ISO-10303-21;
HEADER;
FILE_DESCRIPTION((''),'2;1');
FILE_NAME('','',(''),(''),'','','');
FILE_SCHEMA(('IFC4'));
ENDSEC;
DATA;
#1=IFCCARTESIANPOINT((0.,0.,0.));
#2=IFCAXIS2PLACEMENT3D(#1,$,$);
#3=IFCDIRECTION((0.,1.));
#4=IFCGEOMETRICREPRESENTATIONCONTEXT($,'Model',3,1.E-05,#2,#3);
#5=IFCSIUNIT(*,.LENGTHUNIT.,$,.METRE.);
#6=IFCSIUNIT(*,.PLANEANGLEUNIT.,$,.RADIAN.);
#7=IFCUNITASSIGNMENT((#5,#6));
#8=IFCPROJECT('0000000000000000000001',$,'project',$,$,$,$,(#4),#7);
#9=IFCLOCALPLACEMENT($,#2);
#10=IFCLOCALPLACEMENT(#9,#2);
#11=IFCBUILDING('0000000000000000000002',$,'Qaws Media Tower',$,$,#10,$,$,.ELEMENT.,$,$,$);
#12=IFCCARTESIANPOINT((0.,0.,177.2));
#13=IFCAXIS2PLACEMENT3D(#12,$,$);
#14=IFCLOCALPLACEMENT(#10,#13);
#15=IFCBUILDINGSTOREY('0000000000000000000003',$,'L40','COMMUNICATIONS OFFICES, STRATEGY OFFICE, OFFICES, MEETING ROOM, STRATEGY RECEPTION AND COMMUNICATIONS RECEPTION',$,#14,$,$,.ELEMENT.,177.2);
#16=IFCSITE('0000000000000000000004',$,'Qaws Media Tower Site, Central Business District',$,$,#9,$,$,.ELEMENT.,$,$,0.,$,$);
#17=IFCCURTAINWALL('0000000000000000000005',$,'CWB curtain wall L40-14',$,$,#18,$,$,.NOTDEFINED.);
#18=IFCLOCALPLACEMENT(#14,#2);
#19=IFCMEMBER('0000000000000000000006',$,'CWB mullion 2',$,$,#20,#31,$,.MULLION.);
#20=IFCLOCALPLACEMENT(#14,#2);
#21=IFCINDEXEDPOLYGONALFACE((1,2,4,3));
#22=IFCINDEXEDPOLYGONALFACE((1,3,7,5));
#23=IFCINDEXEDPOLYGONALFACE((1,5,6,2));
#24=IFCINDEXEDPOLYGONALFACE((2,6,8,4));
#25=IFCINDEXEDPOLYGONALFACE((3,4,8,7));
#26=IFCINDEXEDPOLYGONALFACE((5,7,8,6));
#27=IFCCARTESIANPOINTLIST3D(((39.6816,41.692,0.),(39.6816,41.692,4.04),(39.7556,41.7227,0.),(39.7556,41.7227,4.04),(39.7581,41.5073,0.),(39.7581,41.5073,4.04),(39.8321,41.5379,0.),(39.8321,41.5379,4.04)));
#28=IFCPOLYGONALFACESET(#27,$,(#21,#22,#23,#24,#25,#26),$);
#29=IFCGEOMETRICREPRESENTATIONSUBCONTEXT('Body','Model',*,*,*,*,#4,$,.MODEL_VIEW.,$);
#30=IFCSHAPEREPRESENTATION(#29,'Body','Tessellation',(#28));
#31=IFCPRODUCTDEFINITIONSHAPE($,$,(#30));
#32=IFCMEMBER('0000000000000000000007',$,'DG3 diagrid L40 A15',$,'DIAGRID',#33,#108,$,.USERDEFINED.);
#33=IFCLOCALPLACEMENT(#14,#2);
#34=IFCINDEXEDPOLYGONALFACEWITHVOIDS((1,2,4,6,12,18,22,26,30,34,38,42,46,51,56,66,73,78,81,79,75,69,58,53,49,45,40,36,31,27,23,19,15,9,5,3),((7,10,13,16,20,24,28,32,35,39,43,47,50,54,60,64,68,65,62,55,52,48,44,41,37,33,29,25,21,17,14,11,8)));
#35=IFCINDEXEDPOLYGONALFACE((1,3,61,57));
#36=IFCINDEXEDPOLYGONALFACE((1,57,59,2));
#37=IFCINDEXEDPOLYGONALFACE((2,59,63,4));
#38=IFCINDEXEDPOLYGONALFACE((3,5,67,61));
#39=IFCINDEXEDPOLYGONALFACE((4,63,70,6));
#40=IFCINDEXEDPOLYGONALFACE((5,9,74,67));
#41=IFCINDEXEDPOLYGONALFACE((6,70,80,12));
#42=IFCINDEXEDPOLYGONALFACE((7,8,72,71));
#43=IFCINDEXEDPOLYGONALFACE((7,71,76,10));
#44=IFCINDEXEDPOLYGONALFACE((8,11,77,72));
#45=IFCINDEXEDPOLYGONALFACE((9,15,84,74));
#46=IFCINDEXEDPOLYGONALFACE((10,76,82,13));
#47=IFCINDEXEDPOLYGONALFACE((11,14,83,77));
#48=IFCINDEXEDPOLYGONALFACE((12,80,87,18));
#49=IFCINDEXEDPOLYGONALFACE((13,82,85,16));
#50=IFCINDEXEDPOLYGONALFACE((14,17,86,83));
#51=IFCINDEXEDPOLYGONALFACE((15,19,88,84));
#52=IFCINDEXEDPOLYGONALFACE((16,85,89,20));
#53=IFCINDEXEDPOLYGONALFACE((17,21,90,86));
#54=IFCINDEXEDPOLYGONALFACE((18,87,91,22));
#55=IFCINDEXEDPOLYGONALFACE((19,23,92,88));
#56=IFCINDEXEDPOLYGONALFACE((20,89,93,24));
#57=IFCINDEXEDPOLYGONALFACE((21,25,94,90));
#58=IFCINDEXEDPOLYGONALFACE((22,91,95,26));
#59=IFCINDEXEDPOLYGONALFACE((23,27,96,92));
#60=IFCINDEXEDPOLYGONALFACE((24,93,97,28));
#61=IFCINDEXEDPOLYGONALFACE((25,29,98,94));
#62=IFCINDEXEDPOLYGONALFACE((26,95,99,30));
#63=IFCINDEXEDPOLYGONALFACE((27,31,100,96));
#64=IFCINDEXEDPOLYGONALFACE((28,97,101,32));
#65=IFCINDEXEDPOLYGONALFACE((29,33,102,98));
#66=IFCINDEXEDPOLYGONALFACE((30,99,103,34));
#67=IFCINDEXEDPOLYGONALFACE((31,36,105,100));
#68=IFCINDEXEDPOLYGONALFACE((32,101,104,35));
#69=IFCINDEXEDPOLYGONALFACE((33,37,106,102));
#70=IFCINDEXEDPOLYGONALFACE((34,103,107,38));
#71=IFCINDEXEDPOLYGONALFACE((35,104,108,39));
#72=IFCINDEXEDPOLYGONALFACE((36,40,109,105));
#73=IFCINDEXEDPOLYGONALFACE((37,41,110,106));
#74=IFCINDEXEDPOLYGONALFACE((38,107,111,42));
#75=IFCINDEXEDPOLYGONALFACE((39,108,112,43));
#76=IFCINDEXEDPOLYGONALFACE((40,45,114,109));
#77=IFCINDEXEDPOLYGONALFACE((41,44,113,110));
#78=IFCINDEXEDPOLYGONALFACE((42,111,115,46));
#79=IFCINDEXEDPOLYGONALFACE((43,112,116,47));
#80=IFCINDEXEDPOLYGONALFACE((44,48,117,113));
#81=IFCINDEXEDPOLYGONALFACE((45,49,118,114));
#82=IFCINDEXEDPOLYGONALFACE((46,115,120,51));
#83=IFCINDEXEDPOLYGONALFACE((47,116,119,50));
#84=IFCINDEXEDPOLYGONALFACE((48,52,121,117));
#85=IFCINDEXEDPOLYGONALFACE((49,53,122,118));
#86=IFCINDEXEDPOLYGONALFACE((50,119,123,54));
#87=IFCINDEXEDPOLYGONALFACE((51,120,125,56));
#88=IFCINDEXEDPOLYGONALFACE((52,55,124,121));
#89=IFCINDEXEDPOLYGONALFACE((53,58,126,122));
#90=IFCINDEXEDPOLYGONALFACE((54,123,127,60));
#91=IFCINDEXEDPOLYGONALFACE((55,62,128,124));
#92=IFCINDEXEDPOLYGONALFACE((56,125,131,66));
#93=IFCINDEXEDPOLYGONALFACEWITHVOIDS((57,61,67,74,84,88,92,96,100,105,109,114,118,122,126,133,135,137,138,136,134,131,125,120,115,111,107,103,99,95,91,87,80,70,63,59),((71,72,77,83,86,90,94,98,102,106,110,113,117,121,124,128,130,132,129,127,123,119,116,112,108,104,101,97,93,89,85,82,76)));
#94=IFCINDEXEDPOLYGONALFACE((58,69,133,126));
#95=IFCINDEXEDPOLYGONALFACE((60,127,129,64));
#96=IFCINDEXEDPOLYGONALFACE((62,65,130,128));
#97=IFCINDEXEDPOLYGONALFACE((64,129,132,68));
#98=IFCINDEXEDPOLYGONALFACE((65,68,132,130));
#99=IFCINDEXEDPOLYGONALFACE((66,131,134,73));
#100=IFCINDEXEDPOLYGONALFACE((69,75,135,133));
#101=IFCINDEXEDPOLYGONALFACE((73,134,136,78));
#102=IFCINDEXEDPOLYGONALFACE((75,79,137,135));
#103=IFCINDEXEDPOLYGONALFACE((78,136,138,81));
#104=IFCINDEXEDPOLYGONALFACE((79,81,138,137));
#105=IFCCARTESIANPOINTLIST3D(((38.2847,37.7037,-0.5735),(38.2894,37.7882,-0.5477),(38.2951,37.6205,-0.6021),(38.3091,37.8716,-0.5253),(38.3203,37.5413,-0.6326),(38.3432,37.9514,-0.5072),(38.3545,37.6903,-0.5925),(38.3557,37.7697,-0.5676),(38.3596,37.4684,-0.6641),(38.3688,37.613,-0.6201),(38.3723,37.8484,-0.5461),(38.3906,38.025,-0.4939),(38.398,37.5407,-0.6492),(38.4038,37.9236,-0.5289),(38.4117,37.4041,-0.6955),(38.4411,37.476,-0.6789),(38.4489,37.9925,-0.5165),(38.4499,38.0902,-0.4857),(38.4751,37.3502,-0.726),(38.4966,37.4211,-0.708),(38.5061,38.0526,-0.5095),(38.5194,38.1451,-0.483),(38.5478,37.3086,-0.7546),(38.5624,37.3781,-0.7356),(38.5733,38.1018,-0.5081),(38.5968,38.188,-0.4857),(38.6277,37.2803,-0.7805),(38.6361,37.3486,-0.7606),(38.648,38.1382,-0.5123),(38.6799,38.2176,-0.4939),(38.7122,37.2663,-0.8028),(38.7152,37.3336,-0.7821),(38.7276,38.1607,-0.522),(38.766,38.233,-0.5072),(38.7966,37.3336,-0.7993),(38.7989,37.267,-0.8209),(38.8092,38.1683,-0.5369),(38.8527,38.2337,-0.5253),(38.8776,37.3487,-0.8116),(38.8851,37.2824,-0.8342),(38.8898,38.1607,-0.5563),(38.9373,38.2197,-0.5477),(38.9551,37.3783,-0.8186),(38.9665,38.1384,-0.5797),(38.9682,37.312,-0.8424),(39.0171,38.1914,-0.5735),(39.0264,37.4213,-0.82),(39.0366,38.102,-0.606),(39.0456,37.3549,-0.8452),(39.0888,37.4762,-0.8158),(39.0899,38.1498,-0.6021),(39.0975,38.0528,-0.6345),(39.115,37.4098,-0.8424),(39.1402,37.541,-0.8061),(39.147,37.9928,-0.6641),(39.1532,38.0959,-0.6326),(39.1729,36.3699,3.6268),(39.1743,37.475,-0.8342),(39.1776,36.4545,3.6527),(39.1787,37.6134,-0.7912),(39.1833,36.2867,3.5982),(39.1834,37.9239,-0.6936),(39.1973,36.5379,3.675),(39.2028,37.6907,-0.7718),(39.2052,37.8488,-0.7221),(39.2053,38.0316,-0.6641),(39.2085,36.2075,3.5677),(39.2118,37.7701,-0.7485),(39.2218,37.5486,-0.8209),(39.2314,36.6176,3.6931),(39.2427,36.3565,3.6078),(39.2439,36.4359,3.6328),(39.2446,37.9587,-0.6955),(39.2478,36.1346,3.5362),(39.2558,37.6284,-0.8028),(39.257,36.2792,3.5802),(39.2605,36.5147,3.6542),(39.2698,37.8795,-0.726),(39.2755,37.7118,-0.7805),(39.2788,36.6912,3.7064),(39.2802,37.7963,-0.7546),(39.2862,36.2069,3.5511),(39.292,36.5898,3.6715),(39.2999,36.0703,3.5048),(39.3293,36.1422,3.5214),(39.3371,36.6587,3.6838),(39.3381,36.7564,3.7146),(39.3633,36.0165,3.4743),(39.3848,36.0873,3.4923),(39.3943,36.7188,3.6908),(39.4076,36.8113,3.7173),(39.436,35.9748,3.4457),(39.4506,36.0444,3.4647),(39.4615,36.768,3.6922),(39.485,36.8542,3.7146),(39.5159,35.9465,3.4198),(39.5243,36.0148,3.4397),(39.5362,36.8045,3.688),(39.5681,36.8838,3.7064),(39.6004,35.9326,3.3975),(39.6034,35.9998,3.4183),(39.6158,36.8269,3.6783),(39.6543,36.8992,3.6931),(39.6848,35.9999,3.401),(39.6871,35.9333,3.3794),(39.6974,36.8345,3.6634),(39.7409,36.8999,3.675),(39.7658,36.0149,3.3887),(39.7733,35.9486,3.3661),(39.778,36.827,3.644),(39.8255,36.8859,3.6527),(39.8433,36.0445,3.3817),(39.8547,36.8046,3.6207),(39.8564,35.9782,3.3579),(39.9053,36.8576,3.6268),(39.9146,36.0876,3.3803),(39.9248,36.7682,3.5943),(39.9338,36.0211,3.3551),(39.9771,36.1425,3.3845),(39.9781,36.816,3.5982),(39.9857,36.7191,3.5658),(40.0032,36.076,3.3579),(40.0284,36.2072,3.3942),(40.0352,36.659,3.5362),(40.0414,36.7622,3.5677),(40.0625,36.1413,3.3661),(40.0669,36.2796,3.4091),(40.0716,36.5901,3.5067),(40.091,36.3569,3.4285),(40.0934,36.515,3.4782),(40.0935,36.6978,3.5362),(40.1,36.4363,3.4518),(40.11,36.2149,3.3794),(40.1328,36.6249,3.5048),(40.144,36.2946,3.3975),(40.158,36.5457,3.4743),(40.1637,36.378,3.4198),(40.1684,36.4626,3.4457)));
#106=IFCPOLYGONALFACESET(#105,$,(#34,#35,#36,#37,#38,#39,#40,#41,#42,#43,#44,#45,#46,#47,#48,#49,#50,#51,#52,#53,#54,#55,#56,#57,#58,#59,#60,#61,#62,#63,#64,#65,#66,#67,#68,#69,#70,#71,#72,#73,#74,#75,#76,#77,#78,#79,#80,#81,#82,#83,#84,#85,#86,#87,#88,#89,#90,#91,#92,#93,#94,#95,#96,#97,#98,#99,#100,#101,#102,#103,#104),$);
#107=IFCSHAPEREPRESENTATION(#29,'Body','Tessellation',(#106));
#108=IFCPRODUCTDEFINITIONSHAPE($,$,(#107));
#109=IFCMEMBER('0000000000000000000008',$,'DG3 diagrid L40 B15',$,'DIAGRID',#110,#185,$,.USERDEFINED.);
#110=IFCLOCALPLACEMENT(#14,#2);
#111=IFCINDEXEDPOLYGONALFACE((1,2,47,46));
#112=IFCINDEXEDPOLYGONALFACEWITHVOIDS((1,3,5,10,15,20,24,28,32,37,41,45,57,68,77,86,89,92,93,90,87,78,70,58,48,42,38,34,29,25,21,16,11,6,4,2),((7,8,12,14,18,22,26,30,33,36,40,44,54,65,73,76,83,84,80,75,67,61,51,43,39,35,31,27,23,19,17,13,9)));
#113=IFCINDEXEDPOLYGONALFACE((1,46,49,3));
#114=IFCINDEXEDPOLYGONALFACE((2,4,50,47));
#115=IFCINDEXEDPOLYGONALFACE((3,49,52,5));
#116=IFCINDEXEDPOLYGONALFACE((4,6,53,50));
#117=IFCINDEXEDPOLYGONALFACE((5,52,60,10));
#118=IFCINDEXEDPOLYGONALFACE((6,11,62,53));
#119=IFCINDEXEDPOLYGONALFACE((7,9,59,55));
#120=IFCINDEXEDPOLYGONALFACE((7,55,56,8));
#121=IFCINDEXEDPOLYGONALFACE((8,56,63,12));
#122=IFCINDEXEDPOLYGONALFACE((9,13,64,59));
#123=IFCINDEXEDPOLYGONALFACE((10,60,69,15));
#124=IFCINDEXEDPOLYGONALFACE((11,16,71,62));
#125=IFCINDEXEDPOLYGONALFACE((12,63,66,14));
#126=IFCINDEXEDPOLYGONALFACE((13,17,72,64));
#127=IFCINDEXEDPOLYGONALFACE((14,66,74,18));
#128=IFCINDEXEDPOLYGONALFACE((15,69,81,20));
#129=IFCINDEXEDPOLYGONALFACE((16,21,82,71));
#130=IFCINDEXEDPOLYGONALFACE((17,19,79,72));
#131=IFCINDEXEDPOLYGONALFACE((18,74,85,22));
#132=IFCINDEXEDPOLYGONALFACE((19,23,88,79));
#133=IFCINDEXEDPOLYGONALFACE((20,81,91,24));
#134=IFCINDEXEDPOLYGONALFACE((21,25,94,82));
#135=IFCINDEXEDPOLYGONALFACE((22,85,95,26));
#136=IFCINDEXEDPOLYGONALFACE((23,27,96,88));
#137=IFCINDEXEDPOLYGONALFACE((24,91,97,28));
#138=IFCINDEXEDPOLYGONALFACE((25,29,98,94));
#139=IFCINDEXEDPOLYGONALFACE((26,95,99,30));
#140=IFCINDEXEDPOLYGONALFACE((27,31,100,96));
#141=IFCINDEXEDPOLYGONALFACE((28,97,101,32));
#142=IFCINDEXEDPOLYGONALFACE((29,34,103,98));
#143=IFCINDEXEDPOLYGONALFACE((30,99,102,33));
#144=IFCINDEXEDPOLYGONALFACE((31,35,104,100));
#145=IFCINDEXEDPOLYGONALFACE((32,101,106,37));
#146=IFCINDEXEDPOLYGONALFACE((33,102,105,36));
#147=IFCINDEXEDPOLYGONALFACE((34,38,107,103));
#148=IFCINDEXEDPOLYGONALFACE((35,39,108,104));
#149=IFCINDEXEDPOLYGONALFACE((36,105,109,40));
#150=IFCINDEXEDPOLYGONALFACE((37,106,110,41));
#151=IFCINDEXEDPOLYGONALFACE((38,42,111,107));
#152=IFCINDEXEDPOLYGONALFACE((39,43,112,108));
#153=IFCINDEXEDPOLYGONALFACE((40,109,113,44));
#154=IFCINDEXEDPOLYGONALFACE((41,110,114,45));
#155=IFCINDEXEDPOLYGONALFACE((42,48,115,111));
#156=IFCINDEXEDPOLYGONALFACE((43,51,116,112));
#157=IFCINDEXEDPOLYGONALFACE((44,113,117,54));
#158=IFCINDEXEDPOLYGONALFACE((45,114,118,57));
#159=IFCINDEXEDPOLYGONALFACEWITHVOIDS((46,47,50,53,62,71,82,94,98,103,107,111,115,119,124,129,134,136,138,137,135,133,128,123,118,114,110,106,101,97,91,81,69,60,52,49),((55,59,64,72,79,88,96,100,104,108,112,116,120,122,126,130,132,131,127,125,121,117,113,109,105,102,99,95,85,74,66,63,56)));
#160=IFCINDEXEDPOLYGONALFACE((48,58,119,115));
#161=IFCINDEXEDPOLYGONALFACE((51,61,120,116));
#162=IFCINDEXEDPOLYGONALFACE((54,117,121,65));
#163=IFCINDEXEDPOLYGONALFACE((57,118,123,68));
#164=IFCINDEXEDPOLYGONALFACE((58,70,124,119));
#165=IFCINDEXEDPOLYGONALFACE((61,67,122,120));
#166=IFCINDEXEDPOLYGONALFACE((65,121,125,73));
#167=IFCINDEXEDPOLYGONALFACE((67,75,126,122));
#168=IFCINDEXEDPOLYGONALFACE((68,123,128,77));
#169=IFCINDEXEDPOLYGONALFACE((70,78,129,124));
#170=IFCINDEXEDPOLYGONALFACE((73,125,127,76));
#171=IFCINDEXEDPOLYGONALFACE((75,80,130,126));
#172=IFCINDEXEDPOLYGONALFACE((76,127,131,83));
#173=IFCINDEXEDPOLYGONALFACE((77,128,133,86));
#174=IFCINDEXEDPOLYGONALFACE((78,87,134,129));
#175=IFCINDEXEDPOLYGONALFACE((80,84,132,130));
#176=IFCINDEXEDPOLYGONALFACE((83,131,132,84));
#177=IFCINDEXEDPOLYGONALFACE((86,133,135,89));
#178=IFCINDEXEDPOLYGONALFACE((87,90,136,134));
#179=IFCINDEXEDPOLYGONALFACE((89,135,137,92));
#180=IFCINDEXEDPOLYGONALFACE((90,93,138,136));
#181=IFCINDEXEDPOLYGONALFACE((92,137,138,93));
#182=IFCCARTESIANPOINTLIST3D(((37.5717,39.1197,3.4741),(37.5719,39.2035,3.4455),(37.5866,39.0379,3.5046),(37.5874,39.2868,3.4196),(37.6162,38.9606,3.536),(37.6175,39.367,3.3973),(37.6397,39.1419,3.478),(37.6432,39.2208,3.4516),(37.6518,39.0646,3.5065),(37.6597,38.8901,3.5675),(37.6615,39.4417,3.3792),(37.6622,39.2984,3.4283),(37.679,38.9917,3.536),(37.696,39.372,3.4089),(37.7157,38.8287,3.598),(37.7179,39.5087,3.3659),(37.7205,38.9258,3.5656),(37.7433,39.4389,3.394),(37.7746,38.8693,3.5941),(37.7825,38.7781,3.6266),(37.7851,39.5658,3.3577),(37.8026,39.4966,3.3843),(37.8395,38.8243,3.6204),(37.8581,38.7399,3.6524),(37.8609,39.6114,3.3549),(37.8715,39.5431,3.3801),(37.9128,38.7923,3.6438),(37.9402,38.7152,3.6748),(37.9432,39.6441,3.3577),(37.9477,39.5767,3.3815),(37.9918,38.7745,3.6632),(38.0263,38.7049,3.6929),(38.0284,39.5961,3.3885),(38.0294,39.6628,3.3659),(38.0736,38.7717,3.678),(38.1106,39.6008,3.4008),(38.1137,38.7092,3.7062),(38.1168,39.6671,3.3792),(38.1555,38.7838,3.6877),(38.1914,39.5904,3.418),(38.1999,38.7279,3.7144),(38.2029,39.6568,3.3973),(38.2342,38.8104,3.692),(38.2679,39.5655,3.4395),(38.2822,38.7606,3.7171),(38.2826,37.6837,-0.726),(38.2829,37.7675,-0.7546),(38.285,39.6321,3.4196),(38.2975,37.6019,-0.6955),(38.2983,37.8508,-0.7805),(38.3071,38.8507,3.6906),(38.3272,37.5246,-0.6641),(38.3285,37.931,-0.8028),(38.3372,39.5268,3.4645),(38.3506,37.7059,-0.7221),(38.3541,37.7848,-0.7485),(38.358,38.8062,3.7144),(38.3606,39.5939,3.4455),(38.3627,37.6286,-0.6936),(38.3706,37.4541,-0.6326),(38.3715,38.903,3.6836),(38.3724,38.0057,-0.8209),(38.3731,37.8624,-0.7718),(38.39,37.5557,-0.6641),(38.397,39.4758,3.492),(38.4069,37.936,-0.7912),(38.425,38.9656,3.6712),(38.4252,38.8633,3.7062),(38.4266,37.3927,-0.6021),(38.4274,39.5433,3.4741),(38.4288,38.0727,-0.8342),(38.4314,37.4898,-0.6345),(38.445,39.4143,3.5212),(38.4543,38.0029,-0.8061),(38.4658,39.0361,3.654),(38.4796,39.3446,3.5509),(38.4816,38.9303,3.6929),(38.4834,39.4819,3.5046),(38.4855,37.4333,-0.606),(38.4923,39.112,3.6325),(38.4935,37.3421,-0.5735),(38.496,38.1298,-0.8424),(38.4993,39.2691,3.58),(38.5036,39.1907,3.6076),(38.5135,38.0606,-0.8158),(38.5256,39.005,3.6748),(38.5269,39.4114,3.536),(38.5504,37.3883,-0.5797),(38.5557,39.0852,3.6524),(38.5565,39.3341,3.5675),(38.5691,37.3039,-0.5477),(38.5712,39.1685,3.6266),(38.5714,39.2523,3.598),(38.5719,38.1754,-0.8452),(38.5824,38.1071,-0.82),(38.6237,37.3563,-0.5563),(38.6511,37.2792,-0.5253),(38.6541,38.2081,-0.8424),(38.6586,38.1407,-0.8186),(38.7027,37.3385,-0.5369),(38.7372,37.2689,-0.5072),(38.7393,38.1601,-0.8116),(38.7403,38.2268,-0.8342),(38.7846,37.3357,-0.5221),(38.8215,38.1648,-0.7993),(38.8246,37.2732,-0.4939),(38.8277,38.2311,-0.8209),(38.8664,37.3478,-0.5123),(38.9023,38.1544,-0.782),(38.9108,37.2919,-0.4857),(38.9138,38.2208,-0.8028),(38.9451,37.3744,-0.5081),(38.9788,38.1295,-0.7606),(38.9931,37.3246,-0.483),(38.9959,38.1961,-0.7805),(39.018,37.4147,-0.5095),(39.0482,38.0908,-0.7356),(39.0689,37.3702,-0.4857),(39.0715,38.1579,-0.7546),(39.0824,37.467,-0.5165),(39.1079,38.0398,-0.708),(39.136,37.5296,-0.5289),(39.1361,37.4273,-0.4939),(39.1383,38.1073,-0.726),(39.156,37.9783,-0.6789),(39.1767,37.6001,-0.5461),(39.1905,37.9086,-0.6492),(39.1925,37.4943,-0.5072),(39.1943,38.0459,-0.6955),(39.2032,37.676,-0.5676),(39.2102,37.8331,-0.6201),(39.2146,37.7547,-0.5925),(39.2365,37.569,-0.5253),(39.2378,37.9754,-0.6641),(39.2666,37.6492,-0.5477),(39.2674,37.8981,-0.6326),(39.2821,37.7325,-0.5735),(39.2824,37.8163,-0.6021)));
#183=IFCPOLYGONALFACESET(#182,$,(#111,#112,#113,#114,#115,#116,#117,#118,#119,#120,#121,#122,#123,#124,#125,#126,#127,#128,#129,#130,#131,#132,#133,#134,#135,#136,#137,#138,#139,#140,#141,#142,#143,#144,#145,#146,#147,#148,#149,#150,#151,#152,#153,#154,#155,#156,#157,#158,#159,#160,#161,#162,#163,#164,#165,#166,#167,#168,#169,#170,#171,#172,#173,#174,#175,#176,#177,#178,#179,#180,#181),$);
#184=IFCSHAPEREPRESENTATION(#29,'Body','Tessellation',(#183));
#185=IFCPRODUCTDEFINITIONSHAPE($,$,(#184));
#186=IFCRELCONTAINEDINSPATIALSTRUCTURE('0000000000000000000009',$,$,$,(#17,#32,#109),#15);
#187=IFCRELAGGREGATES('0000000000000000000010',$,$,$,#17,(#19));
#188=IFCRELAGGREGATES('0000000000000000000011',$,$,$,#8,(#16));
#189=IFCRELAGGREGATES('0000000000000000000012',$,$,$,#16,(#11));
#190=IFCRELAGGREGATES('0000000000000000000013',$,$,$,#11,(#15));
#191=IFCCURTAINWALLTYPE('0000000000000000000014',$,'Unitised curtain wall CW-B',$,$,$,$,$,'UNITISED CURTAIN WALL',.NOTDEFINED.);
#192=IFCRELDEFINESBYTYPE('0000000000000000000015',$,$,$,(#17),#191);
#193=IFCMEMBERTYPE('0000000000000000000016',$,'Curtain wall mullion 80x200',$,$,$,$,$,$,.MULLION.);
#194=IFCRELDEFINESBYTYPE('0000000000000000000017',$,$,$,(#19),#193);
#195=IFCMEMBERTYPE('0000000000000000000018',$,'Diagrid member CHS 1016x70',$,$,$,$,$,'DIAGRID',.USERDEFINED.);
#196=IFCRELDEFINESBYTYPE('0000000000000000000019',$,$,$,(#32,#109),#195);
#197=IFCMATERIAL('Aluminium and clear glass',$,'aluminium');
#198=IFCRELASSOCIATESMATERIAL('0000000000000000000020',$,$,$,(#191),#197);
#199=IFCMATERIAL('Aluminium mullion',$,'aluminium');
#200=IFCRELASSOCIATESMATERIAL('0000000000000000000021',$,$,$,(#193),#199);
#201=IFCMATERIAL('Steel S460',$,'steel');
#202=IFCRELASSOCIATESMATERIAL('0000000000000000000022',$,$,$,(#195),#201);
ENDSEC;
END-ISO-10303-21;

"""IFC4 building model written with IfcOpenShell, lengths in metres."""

from ifc_helpers import new_model, si_unit, direction, frame, origin, origin_2d, place, context, subcontext, project, spatial, rectangle, hollow_circle, extrude, material, material_profile, profile_set, type_object, element, aggregate, save


model = new_model("IFC4")

# Units and contexts
model_context = context("Model", 3, precision=1e-05, world=origin(), true_north=direction((0.0, 1.0)))
body_context = subcontext(model_context, "Body", "Model", "MODEL_VIEW")
ifc_project = project(units=[si_unit("LENGTHUNIT", "METRE"), si_unit("PLANEANGLEUNIT", "RADIAN")], contexts=[model_context])

# Site, building, storey
site_placement = place(None, origin())
site = spatial("IfcSite", under=ifc_project, at=site_placement, Name="Qaws Media Tower Site, Central Business District", CompositionType="ELEMENT", RefElevation=0.0)
building_placement = place(site_placement, origin())
building = spatial("IfcBuilding", under=site, at=building_placement, Name="Qaws Media Tower", CompositionType="ELEMENT")
storey_placement = place(building_placement, frame((0.0, 0.0, 177.2)))
storey = spatial("IfcBuildingStorey", under=building, at=storey_placement, Name="L40", Description="COMMUNICATIONS OFFICES, STRATEGY OFFICE, OFFICES, MEETING ROOM, STRATEGY RECEPTION AND COMMUNICATIONS RECEPTION", CompositionType="ELEMENT", Elevation=177.2)

# Curtain wall, member
ifc_material_1 = material(Name="Aluminium and clear glass", Category="aluminium")
curtain_wall_type = type_object("IfcCurtainWallType", Name="Unitised curtain wall CW-B", ElementType="UNITISED CURTAIN WALL", PredefinedType="NOTDEFINED", material=ifc_material_1)
curtain_wall_placement = place(storey_placement, origin())
curtain_wall = element("IfcCurtainWall", 1, at=curtain_wall_placement, inside=storey, type_object=curtain_wall_type, Name="CWB curtain wall L40-14", PredefinedType="NOTDEFINED")
ifc_material_2 = material(Name="Aluminium mullion", Category="aluminium")
ifc_material_profile_1 = material_profile(ifc_material_2, rectangle(XDim=0.0801, YDim=0.2, at=origin_2d()), Name="80x200")
ifc_profile_set_1 = profile_set([ifc_material_profile_1], Name="Aluminium mullion")
member_type_1 = type_object("IfcMemberType", Name="Curtain wall mullion 80x200", PredefinedType="MULLION", material=ifc_profile_set_1)
member_1_placement = place(storey_placement, frame((39.7568, 41.615, 0.0), z_axis=(0.0, 0.0, 1.0), x_axis=(0.923879, 0.382684, 0.0)))
member_1 = element("IfcMember", 2, at=member_1_placement, type_object=member_type_1, Name="CWB mullion 2", PredefinedType="MULLION", context=body_context, shape_type="SweptSolid", body=[
    extrude(rectangle(XDim=0.0801, YDim=0.2, at=origin_2d()), origin(), (0.0, 0.0, 1.0), 4.04),
])

# Members
ifc_material_3 = material(Name="Steel S460", Category="steel")
ifc_material_profile_2 = material_profile(ifc_material_3, hollow_circle(Radius=0.5081, WallThickness=0.0701, at=origin_2d()), Name="CHS 1016x70")
ifc_profile_set_2 = profile_set([ifc_material_profile_2], Name="Steel S460")
member_type_2 = type_object("IfcMemberType", Name="Diagrid member CHS 1016x70", ElementType="DIAGRID", PredefinedType="USERDEFINED", material=ifc_profile_set_2)
member_2_placement = place(storey_placement, frame((38.7825, 37.75, -0.6641), z_axis=(0.197572, -0.296684, 0.934314), x_axis=(0.832331, 0.554278, 0.0)))
element("IfcMember", 3, at=member_2_placement, inside=storey, type_object=member_type_2, Name="DG3 diagrid L40 A15", ObjectType="DIAGRID", PredefinedType="USERDEFINED", context=body_context, shape_type="SweptSolid", body=[
    extrude(hollow_circle(Radius=0.5081, WallThickness=0.0701, at=origin_2d()), origin(), (0.0, 0.0, 1.0), 4.4956),
])
member_3_placement = place(storey_placement, frame((38.7825, 37.75, -0.6641), z_axis=(-0.158145, 0.31944, 0.934317), x_axis=(-0.896188, -0.443675, 0.0)))
element("IfcMember", 4, at=member_3_placement, inside=storey, type_object=member_type_2, Name="DG3 diagrid L40 B15", ObjectType="DIAGRID", PredefinedType="USERDEFINED", context=body_context, shape_type="SweptSolid", body=[
    extrude(hollow_circle(Radius=0.5081, WallThickness=0.0701, at=origin_2d()), origin(), (0.0, 0.0, 1.0), 4.4954),
])

aggregate(curtain_wall, [member_1])

save(model, "model.ifc")
